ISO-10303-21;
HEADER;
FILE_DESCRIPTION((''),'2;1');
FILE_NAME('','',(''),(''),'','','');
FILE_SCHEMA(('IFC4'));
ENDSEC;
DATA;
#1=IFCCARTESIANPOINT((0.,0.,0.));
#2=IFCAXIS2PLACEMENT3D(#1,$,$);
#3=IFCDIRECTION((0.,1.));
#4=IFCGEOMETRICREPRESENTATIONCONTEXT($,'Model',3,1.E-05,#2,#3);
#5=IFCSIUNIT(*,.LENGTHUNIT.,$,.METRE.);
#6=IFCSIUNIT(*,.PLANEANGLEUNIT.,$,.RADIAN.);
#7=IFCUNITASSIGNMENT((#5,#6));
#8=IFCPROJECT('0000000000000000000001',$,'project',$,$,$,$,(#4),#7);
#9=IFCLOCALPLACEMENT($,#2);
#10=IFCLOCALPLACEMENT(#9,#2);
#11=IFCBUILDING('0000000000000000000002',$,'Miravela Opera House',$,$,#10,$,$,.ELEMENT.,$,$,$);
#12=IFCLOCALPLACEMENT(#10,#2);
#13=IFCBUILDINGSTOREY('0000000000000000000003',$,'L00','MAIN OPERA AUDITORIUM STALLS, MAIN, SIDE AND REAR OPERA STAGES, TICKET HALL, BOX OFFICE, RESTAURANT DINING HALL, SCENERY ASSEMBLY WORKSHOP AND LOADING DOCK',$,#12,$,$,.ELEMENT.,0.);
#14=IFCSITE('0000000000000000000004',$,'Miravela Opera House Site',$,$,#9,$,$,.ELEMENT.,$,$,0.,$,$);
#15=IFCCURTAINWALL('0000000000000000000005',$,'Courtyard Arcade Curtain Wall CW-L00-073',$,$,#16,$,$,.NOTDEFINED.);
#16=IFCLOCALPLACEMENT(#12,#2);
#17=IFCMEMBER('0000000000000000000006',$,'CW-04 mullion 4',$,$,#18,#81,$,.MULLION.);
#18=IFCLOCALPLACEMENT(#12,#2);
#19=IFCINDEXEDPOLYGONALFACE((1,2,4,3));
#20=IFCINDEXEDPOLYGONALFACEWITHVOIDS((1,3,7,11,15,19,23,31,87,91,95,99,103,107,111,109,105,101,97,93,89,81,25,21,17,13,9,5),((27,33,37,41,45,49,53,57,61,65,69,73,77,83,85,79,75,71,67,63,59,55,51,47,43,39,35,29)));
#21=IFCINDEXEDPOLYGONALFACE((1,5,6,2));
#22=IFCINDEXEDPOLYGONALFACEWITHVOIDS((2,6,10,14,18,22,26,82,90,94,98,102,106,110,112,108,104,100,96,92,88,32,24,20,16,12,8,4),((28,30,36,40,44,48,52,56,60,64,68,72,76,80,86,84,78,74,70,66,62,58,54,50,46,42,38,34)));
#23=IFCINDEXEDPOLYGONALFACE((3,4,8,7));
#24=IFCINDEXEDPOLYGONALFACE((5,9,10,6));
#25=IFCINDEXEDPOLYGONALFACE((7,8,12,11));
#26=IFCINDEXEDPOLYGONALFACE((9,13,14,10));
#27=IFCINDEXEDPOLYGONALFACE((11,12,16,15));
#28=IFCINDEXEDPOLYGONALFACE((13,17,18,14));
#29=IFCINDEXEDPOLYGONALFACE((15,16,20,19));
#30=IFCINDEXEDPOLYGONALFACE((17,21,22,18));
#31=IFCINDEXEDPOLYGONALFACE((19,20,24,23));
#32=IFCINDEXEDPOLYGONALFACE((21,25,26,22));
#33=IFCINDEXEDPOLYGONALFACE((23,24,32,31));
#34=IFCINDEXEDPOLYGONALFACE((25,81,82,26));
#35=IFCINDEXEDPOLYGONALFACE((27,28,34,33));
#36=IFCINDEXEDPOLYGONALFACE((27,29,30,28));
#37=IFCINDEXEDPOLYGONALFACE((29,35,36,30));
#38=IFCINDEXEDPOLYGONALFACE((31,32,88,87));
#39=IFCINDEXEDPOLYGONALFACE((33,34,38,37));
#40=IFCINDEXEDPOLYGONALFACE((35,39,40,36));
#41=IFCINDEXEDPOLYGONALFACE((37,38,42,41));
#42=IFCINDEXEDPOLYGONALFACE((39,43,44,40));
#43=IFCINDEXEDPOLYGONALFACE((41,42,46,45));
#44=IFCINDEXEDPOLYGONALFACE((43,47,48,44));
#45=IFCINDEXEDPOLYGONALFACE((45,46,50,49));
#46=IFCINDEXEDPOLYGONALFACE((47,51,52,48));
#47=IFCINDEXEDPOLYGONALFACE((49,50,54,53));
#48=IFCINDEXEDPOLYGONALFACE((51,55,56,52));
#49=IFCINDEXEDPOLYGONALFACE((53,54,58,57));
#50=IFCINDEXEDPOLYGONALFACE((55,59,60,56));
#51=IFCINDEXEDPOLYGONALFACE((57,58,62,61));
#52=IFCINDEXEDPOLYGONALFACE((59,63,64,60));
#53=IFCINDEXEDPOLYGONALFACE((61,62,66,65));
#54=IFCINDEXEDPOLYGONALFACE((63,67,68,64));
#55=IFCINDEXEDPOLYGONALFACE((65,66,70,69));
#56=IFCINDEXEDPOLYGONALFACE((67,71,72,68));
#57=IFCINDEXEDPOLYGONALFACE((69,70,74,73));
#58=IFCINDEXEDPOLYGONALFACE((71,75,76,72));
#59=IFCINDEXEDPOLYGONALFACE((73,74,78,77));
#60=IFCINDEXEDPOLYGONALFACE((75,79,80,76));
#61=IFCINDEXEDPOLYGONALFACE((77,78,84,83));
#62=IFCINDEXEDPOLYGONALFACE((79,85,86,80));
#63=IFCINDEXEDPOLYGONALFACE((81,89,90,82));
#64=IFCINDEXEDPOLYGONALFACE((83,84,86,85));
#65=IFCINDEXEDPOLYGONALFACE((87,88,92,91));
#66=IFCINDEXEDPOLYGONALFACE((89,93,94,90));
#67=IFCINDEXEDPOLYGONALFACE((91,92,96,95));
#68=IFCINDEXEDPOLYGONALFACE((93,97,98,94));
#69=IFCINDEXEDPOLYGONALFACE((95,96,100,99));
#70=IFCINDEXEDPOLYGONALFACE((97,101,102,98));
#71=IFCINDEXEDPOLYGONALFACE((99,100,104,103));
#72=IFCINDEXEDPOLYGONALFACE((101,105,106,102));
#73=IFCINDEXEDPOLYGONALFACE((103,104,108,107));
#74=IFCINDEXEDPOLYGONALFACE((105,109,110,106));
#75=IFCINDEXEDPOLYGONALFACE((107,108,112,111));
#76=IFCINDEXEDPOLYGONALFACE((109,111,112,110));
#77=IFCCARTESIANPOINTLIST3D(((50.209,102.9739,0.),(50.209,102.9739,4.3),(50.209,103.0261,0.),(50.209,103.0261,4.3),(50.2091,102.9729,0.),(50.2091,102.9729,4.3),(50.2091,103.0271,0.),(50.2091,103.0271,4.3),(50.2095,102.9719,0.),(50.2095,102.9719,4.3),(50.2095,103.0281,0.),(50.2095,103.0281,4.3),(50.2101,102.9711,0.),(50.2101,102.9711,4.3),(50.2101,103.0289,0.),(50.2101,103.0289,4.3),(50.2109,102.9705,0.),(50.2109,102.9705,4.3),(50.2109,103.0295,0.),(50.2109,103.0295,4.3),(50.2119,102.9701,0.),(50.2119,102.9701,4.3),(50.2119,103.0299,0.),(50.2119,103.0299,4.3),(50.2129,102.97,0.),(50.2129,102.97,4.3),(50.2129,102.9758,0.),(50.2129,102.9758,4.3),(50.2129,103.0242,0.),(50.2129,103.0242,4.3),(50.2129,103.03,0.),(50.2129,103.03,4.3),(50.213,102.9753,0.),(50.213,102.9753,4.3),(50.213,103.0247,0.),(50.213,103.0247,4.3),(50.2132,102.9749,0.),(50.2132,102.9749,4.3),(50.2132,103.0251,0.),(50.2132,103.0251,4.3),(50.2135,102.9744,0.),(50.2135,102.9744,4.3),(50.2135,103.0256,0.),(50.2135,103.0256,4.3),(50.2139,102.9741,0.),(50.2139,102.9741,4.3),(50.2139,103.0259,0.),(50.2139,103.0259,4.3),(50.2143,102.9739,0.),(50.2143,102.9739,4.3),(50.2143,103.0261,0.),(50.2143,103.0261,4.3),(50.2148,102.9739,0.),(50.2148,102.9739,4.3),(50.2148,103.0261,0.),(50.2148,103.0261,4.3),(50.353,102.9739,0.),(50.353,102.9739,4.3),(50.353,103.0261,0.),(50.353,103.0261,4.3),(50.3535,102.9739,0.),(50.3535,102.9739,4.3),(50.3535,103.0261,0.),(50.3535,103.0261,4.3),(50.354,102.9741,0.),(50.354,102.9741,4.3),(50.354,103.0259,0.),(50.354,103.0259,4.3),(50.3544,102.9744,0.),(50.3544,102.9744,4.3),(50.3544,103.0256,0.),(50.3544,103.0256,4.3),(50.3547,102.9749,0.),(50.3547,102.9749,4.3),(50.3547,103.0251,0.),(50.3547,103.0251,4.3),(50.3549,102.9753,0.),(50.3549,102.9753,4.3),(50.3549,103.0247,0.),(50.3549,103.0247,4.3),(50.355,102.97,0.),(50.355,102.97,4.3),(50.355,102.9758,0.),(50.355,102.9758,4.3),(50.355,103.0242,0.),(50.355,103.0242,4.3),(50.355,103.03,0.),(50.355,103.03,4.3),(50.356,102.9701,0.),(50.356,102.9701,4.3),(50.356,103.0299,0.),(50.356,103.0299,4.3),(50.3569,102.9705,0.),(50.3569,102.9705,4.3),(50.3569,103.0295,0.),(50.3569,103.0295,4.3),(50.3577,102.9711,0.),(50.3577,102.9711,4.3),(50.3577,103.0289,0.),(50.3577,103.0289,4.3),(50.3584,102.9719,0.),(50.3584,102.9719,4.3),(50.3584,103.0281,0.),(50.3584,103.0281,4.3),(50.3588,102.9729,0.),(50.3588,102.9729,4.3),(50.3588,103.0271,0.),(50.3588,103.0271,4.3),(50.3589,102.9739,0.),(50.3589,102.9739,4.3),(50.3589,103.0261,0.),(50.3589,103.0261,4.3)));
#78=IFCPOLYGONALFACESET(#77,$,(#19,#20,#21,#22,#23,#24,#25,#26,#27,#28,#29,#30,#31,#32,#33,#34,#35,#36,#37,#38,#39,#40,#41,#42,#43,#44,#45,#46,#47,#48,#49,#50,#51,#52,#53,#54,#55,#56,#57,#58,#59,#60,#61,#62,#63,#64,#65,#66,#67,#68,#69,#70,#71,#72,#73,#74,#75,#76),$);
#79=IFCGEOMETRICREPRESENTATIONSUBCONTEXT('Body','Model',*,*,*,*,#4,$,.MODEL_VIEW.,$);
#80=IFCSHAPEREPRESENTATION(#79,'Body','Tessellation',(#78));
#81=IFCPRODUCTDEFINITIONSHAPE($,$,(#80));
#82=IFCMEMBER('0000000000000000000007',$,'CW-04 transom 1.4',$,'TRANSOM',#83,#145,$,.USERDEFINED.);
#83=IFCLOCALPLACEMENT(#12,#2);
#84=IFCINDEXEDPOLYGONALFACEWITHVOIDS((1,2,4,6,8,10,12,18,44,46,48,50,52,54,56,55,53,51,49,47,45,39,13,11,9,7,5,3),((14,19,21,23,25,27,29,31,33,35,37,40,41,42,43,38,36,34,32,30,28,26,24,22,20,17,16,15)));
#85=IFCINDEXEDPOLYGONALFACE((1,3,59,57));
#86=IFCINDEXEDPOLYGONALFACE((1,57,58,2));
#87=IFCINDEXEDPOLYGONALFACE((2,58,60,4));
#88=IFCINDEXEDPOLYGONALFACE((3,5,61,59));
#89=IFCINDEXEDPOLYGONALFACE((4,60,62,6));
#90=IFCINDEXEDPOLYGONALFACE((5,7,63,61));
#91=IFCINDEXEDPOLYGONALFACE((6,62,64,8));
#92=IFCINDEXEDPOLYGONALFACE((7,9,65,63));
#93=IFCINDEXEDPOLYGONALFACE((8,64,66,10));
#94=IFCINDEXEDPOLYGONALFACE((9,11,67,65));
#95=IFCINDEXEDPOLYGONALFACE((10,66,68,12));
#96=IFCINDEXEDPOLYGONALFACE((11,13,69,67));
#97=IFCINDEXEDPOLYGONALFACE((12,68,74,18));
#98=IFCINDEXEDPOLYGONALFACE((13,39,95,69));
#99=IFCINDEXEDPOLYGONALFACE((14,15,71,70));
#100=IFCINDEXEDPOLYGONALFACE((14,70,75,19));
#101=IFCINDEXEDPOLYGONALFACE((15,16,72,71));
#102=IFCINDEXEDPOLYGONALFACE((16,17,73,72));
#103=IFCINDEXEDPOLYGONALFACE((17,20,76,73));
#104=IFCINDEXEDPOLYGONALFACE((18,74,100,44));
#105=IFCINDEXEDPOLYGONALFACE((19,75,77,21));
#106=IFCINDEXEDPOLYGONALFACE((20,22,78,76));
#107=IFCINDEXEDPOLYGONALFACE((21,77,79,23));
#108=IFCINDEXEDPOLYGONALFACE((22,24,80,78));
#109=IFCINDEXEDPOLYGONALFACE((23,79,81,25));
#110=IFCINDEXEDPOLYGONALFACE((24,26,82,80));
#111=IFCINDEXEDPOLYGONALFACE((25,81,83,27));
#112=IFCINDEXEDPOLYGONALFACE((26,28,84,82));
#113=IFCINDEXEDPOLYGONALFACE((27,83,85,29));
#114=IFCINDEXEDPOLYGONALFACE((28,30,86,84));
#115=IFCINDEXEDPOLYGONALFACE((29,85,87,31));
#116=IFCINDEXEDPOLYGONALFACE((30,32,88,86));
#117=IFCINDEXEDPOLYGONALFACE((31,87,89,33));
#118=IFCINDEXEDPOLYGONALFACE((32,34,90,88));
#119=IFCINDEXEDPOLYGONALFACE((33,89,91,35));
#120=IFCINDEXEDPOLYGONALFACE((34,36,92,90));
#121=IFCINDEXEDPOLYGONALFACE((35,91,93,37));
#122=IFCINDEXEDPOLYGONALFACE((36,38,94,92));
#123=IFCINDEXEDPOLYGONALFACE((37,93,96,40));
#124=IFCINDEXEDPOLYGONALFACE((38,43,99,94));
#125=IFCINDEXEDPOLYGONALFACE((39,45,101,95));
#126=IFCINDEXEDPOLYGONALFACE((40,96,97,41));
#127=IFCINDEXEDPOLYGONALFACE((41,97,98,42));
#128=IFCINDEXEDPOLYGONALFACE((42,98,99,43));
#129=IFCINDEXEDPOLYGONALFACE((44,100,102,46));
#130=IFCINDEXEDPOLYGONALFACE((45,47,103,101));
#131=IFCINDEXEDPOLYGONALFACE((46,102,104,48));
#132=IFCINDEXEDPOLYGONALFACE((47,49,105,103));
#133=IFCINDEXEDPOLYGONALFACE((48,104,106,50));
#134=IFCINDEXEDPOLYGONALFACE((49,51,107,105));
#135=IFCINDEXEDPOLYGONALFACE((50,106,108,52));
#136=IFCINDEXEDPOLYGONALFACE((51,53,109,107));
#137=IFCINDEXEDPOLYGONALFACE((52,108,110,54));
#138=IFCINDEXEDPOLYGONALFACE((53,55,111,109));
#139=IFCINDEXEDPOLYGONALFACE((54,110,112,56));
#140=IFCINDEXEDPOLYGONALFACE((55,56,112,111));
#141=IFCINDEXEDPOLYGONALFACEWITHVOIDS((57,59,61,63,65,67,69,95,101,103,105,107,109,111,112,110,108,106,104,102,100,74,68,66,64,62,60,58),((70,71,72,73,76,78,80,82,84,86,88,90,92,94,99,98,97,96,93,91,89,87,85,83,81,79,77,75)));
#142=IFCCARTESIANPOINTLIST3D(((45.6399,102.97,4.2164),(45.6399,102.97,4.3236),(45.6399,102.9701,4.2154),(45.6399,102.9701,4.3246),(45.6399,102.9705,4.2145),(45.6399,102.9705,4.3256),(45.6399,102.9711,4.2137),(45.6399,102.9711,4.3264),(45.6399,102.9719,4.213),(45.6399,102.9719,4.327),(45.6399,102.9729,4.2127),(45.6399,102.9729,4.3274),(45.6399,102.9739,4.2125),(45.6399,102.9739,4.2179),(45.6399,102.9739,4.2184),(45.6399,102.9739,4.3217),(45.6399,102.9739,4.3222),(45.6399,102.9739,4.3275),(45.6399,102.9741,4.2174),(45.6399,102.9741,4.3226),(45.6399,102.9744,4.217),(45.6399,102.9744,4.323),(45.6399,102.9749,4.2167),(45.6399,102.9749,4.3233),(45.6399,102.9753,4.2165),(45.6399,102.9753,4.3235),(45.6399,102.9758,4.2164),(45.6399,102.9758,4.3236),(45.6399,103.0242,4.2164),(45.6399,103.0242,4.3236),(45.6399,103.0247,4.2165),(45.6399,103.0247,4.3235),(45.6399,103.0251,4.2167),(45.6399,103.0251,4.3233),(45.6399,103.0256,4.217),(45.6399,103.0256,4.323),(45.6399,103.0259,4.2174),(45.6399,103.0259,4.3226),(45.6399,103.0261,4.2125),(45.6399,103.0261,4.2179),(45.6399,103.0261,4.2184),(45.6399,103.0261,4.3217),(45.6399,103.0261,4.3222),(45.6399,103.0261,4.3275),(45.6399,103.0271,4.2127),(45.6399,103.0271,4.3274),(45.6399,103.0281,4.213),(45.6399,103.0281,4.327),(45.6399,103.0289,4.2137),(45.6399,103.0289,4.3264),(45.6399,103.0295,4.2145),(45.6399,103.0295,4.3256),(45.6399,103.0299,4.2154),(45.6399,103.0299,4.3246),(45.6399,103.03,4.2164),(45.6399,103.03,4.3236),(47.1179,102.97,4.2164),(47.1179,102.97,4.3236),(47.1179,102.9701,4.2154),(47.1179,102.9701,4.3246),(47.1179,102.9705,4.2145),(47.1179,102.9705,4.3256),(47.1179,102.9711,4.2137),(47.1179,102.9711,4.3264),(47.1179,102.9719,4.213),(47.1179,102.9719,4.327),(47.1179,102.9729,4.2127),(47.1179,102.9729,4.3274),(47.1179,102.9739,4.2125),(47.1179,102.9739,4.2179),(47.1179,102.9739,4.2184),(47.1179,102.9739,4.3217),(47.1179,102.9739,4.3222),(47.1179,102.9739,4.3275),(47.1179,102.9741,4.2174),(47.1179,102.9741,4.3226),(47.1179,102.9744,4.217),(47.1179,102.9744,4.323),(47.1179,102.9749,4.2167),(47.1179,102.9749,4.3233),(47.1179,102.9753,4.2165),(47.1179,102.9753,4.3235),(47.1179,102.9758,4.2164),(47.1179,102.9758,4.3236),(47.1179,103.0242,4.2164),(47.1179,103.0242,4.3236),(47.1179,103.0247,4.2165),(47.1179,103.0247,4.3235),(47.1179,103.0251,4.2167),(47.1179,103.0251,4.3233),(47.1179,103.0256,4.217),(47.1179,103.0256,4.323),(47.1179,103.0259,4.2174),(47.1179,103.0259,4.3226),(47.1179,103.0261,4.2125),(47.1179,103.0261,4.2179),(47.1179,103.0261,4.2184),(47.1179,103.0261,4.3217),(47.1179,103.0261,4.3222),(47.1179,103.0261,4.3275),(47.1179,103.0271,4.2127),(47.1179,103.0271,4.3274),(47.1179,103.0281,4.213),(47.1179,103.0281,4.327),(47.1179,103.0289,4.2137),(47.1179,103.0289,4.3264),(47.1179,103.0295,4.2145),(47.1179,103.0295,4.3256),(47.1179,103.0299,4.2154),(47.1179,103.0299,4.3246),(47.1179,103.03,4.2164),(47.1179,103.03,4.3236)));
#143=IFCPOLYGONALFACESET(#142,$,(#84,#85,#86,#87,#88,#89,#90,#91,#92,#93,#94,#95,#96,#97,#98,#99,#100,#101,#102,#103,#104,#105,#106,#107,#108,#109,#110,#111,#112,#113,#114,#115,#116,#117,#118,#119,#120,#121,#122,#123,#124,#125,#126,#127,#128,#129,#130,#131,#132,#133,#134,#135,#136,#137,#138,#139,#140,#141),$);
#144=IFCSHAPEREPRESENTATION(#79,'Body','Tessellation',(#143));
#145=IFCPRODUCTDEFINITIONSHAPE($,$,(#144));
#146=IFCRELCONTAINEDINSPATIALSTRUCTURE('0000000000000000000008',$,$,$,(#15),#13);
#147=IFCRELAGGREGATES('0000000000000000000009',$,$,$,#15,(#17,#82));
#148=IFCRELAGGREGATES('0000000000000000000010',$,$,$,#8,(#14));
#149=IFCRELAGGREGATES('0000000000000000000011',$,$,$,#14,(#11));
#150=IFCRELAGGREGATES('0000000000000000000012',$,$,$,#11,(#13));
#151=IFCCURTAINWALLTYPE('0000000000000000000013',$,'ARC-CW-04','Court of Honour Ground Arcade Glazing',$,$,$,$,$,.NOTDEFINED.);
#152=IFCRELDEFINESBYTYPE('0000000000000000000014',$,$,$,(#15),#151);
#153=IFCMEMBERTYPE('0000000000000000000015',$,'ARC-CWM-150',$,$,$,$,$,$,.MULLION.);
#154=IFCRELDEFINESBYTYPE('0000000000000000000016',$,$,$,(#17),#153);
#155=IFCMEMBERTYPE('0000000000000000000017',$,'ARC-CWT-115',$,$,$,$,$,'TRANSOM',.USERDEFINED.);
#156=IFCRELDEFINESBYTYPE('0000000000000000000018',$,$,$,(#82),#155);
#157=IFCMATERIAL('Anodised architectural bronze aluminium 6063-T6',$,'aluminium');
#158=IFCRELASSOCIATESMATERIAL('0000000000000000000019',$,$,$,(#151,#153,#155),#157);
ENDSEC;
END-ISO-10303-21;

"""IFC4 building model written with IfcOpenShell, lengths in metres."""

from ifc_helpers import new_model, si_unit, direction, frame, origin, origin_2d, place, context, subcontext, project, spatial, hollow_rectangle, extrude, material, material_profile, profile_set, type_object, element, aggregate, save


model = new_model("IFC4")

# Units and contexts
model_context = context("Model", 3, precision=1e-05, world=origin(), true_north=direction((0.0, 1.0)))
body_context = subcontext(model_context, "Body", "Model", "MODEL_VIEW")
ifc_project = project(units=[si_unit("LENGTHUNIT", "METRE"), si_unit("PLANEANGLEUNIT", "RADIAN")], contexts=[model_context])

# Site, building, storey
site_placement = place(None, origin())
site = spatial("IfcSite", under=ifc_project, at=site_placement, Name="Miravela Opera House Site", CompositionType="ELEMENT", RefElevation=0.0)
building_placement = place(site_placement, origin())
building = spatial("IfcBuilding", under=site, at=building_placement, Name="Miravela Opera House", CompositionType="ELEMENT")
storey_placement = place(building_placement, origin())
storey = spatial("IfcBuildingStorey", under=building, at=storey_placement, Name="L00", Description="MAIN OPERA AUDITORIUM STALLS, MAIN, SIDE AND REAR OPERA STAGES, TICKET HALL, BOX OFFICE, RESTAURANT DINING HALL, SCENERY ASSEMBLY WORKSHOP AND LOADING DOCK", CompositionType="ELEMENT", Elevation=0.0)

# Curtain wall, members
ifc_material_1 = material(Name="Anodised architectural bronze aluminium 6063-T6", Category="aluminium")
curtain_wall_type = type_object("IfcCurtainWallType", Name="ARC-CW-04", Description="Court of Honour Ground Arcade Glazing", PredefinedType="NOTDEFINED", material=ifc_material_1)
curtain_wall_placement = place(storey_placement, origin())
curtain_wall = element("IfcCurtainWall", 1, at=curtain_wall_placement, inside=storey, type_object=curtain_wall_type, Name="Courtyard Arcade Curtain Wall CW-L00-073", PredefinedType="NOTDEFINED")
ifc_material_profile_1 = material_profile(ifc_material_1, hollow_rectangle(XDim=0.0601, YDim=0.1499, WallThickness=0.0039, InnerFilletRadius=0.002, OuterFilletRadius=0.0039, at=origin_2d()), Name="CWM-60X150")
ifc_profile_set_1 = profile_set([ifc_material_profile_1])
member_type_1 = type_object("IfcMemberType", Name="ARC-CWM-150", PredefinedType="MULLION", material=ifc_profile_set_1)
member_1_placement = place(storey_placement, frame((50.2839, 103.0, 0.0), z_axis=(0.0, 0.0, 1.0), x_axis=(0.0, 1.0, 0.0)))
member_1 = element("IfcMember", 2, at=member_1_placement, type_object=member_type_1, Name="CW-04 mullion 4", PredefinedType="MULLION", context=body_context, shape_type="SweptSolid", body=[
    extrude(hollow_rectangle(XDim=0.0601, YDim=0.1499, WallThickness=0.0039, InnerFilletRadius=0.002, OuterFilletRadius=0.0039, at=origin_2d()), origin(), (0.0, 0.0, 1.0), 4.3),
])
ifc_material_profile_2 = material_profile(ifc_material_1, hollow_rectangle(XDim=0.0601, YDim=0.115, WallThickness=0.0039, InnerFilletRadius=0.002, OuterFilletRadius=0.0039, at=origin_2d()), Name="CWT-60X115")
ifc_profile_set_2 = profile_set([ifc_material_profile_2])
member_type_2 = type_object("IfcMemberType", Name="ARC-CWT-115", ElementType="TRANSOM", PredefinedType="USERDEFINED", material=ifc_profile_set_2)
member_2_placement = place(storey_placement, frame((45.6399, 103.0, 4.27), z_axis=(1.0, 0.0, 0.0), x_axis=(0.0, 1.0, 0.0)))
member_2 = element("IfcMember", 3, at=member_2_placement, type_object=member_type_2, Name="CW-04 transom 1.4", ObjectType="TRANSOM", PredefinedType="USERDEFINED", context=body_context, shape_type="SweptSolid", body=[
    extrude(hollow_rectangle(XDim=0.0601, YDim=0.115, WallThickness=0.0039, InnerFilletRadius=0.002, OuterFilletRadius=0.0039, at=origin_2d()), origin(), (0.0, 0.0, 1.0), 1.478),
])
aggregate(curtain_wall, [member_1, member_2])

save(model, "model.ifc")
